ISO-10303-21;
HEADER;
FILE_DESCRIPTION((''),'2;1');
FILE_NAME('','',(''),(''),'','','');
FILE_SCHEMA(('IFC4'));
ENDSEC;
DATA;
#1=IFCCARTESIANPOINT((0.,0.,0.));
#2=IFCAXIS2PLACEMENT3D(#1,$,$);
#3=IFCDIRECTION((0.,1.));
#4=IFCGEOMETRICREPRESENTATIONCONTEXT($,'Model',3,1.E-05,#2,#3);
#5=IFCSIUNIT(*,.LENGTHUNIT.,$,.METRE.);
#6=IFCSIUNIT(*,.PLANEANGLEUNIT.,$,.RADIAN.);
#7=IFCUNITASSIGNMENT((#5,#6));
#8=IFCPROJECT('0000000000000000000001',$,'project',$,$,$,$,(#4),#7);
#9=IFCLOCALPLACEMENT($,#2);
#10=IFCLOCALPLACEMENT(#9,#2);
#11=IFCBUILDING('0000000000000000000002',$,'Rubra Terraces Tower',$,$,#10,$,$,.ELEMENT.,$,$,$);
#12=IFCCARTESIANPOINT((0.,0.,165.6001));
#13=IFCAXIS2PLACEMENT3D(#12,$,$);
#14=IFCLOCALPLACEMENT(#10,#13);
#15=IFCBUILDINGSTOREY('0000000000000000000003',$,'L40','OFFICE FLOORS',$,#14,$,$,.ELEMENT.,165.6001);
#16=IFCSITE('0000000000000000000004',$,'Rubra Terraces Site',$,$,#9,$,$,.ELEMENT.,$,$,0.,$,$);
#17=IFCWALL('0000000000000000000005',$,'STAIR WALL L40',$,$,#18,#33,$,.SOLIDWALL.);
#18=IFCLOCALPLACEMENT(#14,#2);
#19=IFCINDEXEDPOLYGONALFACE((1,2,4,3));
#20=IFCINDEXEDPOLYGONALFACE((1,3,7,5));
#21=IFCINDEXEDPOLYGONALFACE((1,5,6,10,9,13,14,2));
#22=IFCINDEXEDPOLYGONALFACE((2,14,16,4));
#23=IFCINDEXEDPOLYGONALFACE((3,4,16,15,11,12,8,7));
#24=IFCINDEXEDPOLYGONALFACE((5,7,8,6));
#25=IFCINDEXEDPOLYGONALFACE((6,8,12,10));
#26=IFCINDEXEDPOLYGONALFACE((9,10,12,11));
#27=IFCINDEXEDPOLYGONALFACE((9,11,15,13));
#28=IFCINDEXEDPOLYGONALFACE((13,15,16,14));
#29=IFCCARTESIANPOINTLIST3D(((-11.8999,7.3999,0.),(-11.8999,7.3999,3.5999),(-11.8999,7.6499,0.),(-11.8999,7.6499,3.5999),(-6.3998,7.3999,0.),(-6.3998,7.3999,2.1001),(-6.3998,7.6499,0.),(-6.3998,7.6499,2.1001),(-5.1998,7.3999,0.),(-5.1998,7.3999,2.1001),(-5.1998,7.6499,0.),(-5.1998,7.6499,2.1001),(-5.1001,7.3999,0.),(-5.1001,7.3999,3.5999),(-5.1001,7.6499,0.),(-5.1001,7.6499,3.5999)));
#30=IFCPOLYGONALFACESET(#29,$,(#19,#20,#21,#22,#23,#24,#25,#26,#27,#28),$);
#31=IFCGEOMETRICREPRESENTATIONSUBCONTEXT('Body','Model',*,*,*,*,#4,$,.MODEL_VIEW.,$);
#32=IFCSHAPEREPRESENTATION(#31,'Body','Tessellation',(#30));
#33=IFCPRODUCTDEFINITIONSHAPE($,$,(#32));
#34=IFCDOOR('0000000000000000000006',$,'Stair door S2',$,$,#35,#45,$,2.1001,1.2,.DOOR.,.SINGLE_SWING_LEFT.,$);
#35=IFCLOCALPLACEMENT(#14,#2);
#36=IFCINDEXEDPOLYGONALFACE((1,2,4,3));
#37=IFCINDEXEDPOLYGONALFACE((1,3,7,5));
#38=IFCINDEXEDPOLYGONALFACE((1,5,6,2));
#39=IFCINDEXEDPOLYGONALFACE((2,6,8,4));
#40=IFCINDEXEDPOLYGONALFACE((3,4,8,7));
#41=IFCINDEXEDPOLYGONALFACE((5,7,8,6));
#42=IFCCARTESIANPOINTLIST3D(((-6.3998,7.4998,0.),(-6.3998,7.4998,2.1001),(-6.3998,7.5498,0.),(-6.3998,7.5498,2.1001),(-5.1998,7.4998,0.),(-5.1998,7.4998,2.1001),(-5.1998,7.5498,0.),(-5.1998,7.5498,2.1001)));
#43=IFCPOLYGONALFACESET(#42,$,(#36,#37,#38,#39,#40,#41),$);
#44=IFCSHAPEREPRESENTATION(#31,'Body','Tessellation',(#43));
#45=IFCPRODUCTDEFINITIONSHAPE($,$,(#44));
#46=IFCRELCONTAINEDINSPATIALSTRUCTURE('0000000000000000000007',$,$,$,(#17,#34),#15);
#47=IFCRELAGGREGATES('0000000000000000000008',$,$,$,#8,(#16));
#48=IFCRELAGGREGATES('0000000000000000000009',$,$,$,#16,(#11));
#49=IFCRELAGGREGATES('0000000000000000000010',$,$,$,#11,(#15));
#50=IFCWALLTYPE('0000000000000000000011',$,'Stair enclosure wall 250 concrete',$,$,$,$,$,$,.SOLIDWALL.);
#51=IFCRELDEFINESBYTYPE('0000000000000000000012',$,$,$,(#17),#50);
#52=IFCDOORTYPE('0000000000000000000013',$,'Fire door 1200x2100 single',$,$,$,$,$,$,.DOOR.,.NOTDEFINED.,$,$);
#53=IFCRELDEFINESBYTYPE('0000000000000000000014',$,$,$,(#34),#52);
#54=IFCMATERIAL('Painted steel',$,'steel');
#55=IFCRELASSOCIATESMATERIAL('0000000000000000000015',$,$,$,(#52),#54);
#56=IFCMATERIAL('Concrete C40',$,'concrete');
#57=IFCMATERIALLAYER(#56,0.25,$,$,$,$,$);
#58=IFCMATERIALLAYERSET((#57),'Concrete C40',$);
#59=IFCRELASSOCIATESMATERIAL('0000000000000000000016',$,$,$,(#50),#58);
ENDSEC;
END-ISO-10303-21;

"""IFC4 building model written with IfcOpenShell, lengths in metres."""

from ifc_helpers import new_model, si_unit, direction, frame, frame_2d, origin, place, context, subcontext, project, spatial, rectangle, extrude, material, layer, layer_set, type_object, element, fill, save


model = new_model("IFC4")

# Units and contexts
model_context = context("Model", 3, precision=1e-05, world=origin(), true_north=direction((0.0, 1.0)))
body_context = subcontext(model_context, "Body", "Model", "MODEL_VIEW")
ifc_project = project(units=[si_unit("LENGTHUNIT", "METRE"), si_unit("PLANEANGLEUNIT", "RADIAN")], contexts=[model_context])

# Site, building, storey
site_placement = place(None, origin())
site = spatial("IfcSite", under=ifc_project, at=site_placement, Name="Rubra Terraces Site", CompositionType="ELEMENT", RefElevation=0.0)
building_placement = place(site_placement, origin())
building = spatial("IfcBuilding", under=site, at=building_placement, Name="Rubra Terraces Tower", CompositionType="ELEMENT")
storey_placement = place(building_placement, frame((0.0, 0.0, 165.6001)))
storey = spatial("IfcBuildingStorey", under=building, at=storey_placement, Name="L40", Description="OFFICE FLOORS", CompositionType="ELEMENT", Elevation=165.6001)

# Shared definitions
ifc_material_1 = material(Name="Painted steel", Category="steel")
door_type_1 = type_object("IfcDoorType", Name="Fire door 1200x2100 single", OperationType="NOTDEFINED", PredefinedType="DOOR", material=ifc_material_1)

# Wall, opening, door
ifc_material_2 = material(Name="Concrete C40", Category="concrete")
ifc_layer_1 = layer(ifc_material_2, 0.25)
ifc_layer_set_1 = layer_set([ifc_layer_1], Name="Concrete C40")
wall_type_1 = type_object("IfcWallType", Name="Stair enclosure wall 250 concrete", PredefinedType="SOLIDWALL", material=ifc_layer_set_1)
wall_1_placement = place(storey_placement, frame((-11.8999, 7.5249, 0.0), z_axis=(0.0, 0.0, 1.0), x_axis=(1.0, 0.0, 0.0)))
wall_1 = element("IfcWall", 1, at=wall_1_placement, inside=storey, type_object=wall_type_1, Name="STAIR WALL L40", PredefinedType="SOLIDWALL", context=body_context, shape_type="SweptSolid", body=[
    extrude(rectangle(XDim=6.7998, YDim=0.25, at=frame_2d((3.3999, 0.0))), origin(), (0.0, 0.0, 1.0), 3.5999),
])
opening_1_placement = place(wall_1_placement, frame((5.5, 0.0, 0.0)))
opening_1 = element("IfcOpeningElement", 2, at=opening_1_placement, cuts=wall_1, PredefinedType="OPENING", context=body_context, shape_type="SweptSolid", body=[
    extrude(rectangle(XDim=1.2, YDim=2.1001, at=frame_2d((0.6001, 1.05))), frame((0.0, 0.135, 0.0), z_axis=(0.0, -1.0, 0.0), x_axis=(1.0, 0.0, 0.0)), (0.0, 0.0, 1.0), 0.27),
])
door_1_placement = place(opening_1_placement, origin())
door_1 = element("IfcDoor", 3, at=door_1_placement, inside=storey, type_object=door_type_1, Name="Stair door S2", OperationType="SINGLE_SWING_LEFT", OverallHeight=2.1001, OverallWidth=1.2, PredefinedType="DOOR", context=body_context, shape_type="SweptSolid", body=[
    extrude(rectangle(XDim=1.2, YDim=2.1001, at=frame_2d((0.6001, 1.05))), frame((0.0, 0.0249, 0.0), z_axis=(0.0, -1.0, 0.0), x_axis=(1.0, 0.0, 0.0)), (0.0, 0.0, 1.0), 0.05),
])
fill(opening_1, door_1)

save(model, "model.ifc")
